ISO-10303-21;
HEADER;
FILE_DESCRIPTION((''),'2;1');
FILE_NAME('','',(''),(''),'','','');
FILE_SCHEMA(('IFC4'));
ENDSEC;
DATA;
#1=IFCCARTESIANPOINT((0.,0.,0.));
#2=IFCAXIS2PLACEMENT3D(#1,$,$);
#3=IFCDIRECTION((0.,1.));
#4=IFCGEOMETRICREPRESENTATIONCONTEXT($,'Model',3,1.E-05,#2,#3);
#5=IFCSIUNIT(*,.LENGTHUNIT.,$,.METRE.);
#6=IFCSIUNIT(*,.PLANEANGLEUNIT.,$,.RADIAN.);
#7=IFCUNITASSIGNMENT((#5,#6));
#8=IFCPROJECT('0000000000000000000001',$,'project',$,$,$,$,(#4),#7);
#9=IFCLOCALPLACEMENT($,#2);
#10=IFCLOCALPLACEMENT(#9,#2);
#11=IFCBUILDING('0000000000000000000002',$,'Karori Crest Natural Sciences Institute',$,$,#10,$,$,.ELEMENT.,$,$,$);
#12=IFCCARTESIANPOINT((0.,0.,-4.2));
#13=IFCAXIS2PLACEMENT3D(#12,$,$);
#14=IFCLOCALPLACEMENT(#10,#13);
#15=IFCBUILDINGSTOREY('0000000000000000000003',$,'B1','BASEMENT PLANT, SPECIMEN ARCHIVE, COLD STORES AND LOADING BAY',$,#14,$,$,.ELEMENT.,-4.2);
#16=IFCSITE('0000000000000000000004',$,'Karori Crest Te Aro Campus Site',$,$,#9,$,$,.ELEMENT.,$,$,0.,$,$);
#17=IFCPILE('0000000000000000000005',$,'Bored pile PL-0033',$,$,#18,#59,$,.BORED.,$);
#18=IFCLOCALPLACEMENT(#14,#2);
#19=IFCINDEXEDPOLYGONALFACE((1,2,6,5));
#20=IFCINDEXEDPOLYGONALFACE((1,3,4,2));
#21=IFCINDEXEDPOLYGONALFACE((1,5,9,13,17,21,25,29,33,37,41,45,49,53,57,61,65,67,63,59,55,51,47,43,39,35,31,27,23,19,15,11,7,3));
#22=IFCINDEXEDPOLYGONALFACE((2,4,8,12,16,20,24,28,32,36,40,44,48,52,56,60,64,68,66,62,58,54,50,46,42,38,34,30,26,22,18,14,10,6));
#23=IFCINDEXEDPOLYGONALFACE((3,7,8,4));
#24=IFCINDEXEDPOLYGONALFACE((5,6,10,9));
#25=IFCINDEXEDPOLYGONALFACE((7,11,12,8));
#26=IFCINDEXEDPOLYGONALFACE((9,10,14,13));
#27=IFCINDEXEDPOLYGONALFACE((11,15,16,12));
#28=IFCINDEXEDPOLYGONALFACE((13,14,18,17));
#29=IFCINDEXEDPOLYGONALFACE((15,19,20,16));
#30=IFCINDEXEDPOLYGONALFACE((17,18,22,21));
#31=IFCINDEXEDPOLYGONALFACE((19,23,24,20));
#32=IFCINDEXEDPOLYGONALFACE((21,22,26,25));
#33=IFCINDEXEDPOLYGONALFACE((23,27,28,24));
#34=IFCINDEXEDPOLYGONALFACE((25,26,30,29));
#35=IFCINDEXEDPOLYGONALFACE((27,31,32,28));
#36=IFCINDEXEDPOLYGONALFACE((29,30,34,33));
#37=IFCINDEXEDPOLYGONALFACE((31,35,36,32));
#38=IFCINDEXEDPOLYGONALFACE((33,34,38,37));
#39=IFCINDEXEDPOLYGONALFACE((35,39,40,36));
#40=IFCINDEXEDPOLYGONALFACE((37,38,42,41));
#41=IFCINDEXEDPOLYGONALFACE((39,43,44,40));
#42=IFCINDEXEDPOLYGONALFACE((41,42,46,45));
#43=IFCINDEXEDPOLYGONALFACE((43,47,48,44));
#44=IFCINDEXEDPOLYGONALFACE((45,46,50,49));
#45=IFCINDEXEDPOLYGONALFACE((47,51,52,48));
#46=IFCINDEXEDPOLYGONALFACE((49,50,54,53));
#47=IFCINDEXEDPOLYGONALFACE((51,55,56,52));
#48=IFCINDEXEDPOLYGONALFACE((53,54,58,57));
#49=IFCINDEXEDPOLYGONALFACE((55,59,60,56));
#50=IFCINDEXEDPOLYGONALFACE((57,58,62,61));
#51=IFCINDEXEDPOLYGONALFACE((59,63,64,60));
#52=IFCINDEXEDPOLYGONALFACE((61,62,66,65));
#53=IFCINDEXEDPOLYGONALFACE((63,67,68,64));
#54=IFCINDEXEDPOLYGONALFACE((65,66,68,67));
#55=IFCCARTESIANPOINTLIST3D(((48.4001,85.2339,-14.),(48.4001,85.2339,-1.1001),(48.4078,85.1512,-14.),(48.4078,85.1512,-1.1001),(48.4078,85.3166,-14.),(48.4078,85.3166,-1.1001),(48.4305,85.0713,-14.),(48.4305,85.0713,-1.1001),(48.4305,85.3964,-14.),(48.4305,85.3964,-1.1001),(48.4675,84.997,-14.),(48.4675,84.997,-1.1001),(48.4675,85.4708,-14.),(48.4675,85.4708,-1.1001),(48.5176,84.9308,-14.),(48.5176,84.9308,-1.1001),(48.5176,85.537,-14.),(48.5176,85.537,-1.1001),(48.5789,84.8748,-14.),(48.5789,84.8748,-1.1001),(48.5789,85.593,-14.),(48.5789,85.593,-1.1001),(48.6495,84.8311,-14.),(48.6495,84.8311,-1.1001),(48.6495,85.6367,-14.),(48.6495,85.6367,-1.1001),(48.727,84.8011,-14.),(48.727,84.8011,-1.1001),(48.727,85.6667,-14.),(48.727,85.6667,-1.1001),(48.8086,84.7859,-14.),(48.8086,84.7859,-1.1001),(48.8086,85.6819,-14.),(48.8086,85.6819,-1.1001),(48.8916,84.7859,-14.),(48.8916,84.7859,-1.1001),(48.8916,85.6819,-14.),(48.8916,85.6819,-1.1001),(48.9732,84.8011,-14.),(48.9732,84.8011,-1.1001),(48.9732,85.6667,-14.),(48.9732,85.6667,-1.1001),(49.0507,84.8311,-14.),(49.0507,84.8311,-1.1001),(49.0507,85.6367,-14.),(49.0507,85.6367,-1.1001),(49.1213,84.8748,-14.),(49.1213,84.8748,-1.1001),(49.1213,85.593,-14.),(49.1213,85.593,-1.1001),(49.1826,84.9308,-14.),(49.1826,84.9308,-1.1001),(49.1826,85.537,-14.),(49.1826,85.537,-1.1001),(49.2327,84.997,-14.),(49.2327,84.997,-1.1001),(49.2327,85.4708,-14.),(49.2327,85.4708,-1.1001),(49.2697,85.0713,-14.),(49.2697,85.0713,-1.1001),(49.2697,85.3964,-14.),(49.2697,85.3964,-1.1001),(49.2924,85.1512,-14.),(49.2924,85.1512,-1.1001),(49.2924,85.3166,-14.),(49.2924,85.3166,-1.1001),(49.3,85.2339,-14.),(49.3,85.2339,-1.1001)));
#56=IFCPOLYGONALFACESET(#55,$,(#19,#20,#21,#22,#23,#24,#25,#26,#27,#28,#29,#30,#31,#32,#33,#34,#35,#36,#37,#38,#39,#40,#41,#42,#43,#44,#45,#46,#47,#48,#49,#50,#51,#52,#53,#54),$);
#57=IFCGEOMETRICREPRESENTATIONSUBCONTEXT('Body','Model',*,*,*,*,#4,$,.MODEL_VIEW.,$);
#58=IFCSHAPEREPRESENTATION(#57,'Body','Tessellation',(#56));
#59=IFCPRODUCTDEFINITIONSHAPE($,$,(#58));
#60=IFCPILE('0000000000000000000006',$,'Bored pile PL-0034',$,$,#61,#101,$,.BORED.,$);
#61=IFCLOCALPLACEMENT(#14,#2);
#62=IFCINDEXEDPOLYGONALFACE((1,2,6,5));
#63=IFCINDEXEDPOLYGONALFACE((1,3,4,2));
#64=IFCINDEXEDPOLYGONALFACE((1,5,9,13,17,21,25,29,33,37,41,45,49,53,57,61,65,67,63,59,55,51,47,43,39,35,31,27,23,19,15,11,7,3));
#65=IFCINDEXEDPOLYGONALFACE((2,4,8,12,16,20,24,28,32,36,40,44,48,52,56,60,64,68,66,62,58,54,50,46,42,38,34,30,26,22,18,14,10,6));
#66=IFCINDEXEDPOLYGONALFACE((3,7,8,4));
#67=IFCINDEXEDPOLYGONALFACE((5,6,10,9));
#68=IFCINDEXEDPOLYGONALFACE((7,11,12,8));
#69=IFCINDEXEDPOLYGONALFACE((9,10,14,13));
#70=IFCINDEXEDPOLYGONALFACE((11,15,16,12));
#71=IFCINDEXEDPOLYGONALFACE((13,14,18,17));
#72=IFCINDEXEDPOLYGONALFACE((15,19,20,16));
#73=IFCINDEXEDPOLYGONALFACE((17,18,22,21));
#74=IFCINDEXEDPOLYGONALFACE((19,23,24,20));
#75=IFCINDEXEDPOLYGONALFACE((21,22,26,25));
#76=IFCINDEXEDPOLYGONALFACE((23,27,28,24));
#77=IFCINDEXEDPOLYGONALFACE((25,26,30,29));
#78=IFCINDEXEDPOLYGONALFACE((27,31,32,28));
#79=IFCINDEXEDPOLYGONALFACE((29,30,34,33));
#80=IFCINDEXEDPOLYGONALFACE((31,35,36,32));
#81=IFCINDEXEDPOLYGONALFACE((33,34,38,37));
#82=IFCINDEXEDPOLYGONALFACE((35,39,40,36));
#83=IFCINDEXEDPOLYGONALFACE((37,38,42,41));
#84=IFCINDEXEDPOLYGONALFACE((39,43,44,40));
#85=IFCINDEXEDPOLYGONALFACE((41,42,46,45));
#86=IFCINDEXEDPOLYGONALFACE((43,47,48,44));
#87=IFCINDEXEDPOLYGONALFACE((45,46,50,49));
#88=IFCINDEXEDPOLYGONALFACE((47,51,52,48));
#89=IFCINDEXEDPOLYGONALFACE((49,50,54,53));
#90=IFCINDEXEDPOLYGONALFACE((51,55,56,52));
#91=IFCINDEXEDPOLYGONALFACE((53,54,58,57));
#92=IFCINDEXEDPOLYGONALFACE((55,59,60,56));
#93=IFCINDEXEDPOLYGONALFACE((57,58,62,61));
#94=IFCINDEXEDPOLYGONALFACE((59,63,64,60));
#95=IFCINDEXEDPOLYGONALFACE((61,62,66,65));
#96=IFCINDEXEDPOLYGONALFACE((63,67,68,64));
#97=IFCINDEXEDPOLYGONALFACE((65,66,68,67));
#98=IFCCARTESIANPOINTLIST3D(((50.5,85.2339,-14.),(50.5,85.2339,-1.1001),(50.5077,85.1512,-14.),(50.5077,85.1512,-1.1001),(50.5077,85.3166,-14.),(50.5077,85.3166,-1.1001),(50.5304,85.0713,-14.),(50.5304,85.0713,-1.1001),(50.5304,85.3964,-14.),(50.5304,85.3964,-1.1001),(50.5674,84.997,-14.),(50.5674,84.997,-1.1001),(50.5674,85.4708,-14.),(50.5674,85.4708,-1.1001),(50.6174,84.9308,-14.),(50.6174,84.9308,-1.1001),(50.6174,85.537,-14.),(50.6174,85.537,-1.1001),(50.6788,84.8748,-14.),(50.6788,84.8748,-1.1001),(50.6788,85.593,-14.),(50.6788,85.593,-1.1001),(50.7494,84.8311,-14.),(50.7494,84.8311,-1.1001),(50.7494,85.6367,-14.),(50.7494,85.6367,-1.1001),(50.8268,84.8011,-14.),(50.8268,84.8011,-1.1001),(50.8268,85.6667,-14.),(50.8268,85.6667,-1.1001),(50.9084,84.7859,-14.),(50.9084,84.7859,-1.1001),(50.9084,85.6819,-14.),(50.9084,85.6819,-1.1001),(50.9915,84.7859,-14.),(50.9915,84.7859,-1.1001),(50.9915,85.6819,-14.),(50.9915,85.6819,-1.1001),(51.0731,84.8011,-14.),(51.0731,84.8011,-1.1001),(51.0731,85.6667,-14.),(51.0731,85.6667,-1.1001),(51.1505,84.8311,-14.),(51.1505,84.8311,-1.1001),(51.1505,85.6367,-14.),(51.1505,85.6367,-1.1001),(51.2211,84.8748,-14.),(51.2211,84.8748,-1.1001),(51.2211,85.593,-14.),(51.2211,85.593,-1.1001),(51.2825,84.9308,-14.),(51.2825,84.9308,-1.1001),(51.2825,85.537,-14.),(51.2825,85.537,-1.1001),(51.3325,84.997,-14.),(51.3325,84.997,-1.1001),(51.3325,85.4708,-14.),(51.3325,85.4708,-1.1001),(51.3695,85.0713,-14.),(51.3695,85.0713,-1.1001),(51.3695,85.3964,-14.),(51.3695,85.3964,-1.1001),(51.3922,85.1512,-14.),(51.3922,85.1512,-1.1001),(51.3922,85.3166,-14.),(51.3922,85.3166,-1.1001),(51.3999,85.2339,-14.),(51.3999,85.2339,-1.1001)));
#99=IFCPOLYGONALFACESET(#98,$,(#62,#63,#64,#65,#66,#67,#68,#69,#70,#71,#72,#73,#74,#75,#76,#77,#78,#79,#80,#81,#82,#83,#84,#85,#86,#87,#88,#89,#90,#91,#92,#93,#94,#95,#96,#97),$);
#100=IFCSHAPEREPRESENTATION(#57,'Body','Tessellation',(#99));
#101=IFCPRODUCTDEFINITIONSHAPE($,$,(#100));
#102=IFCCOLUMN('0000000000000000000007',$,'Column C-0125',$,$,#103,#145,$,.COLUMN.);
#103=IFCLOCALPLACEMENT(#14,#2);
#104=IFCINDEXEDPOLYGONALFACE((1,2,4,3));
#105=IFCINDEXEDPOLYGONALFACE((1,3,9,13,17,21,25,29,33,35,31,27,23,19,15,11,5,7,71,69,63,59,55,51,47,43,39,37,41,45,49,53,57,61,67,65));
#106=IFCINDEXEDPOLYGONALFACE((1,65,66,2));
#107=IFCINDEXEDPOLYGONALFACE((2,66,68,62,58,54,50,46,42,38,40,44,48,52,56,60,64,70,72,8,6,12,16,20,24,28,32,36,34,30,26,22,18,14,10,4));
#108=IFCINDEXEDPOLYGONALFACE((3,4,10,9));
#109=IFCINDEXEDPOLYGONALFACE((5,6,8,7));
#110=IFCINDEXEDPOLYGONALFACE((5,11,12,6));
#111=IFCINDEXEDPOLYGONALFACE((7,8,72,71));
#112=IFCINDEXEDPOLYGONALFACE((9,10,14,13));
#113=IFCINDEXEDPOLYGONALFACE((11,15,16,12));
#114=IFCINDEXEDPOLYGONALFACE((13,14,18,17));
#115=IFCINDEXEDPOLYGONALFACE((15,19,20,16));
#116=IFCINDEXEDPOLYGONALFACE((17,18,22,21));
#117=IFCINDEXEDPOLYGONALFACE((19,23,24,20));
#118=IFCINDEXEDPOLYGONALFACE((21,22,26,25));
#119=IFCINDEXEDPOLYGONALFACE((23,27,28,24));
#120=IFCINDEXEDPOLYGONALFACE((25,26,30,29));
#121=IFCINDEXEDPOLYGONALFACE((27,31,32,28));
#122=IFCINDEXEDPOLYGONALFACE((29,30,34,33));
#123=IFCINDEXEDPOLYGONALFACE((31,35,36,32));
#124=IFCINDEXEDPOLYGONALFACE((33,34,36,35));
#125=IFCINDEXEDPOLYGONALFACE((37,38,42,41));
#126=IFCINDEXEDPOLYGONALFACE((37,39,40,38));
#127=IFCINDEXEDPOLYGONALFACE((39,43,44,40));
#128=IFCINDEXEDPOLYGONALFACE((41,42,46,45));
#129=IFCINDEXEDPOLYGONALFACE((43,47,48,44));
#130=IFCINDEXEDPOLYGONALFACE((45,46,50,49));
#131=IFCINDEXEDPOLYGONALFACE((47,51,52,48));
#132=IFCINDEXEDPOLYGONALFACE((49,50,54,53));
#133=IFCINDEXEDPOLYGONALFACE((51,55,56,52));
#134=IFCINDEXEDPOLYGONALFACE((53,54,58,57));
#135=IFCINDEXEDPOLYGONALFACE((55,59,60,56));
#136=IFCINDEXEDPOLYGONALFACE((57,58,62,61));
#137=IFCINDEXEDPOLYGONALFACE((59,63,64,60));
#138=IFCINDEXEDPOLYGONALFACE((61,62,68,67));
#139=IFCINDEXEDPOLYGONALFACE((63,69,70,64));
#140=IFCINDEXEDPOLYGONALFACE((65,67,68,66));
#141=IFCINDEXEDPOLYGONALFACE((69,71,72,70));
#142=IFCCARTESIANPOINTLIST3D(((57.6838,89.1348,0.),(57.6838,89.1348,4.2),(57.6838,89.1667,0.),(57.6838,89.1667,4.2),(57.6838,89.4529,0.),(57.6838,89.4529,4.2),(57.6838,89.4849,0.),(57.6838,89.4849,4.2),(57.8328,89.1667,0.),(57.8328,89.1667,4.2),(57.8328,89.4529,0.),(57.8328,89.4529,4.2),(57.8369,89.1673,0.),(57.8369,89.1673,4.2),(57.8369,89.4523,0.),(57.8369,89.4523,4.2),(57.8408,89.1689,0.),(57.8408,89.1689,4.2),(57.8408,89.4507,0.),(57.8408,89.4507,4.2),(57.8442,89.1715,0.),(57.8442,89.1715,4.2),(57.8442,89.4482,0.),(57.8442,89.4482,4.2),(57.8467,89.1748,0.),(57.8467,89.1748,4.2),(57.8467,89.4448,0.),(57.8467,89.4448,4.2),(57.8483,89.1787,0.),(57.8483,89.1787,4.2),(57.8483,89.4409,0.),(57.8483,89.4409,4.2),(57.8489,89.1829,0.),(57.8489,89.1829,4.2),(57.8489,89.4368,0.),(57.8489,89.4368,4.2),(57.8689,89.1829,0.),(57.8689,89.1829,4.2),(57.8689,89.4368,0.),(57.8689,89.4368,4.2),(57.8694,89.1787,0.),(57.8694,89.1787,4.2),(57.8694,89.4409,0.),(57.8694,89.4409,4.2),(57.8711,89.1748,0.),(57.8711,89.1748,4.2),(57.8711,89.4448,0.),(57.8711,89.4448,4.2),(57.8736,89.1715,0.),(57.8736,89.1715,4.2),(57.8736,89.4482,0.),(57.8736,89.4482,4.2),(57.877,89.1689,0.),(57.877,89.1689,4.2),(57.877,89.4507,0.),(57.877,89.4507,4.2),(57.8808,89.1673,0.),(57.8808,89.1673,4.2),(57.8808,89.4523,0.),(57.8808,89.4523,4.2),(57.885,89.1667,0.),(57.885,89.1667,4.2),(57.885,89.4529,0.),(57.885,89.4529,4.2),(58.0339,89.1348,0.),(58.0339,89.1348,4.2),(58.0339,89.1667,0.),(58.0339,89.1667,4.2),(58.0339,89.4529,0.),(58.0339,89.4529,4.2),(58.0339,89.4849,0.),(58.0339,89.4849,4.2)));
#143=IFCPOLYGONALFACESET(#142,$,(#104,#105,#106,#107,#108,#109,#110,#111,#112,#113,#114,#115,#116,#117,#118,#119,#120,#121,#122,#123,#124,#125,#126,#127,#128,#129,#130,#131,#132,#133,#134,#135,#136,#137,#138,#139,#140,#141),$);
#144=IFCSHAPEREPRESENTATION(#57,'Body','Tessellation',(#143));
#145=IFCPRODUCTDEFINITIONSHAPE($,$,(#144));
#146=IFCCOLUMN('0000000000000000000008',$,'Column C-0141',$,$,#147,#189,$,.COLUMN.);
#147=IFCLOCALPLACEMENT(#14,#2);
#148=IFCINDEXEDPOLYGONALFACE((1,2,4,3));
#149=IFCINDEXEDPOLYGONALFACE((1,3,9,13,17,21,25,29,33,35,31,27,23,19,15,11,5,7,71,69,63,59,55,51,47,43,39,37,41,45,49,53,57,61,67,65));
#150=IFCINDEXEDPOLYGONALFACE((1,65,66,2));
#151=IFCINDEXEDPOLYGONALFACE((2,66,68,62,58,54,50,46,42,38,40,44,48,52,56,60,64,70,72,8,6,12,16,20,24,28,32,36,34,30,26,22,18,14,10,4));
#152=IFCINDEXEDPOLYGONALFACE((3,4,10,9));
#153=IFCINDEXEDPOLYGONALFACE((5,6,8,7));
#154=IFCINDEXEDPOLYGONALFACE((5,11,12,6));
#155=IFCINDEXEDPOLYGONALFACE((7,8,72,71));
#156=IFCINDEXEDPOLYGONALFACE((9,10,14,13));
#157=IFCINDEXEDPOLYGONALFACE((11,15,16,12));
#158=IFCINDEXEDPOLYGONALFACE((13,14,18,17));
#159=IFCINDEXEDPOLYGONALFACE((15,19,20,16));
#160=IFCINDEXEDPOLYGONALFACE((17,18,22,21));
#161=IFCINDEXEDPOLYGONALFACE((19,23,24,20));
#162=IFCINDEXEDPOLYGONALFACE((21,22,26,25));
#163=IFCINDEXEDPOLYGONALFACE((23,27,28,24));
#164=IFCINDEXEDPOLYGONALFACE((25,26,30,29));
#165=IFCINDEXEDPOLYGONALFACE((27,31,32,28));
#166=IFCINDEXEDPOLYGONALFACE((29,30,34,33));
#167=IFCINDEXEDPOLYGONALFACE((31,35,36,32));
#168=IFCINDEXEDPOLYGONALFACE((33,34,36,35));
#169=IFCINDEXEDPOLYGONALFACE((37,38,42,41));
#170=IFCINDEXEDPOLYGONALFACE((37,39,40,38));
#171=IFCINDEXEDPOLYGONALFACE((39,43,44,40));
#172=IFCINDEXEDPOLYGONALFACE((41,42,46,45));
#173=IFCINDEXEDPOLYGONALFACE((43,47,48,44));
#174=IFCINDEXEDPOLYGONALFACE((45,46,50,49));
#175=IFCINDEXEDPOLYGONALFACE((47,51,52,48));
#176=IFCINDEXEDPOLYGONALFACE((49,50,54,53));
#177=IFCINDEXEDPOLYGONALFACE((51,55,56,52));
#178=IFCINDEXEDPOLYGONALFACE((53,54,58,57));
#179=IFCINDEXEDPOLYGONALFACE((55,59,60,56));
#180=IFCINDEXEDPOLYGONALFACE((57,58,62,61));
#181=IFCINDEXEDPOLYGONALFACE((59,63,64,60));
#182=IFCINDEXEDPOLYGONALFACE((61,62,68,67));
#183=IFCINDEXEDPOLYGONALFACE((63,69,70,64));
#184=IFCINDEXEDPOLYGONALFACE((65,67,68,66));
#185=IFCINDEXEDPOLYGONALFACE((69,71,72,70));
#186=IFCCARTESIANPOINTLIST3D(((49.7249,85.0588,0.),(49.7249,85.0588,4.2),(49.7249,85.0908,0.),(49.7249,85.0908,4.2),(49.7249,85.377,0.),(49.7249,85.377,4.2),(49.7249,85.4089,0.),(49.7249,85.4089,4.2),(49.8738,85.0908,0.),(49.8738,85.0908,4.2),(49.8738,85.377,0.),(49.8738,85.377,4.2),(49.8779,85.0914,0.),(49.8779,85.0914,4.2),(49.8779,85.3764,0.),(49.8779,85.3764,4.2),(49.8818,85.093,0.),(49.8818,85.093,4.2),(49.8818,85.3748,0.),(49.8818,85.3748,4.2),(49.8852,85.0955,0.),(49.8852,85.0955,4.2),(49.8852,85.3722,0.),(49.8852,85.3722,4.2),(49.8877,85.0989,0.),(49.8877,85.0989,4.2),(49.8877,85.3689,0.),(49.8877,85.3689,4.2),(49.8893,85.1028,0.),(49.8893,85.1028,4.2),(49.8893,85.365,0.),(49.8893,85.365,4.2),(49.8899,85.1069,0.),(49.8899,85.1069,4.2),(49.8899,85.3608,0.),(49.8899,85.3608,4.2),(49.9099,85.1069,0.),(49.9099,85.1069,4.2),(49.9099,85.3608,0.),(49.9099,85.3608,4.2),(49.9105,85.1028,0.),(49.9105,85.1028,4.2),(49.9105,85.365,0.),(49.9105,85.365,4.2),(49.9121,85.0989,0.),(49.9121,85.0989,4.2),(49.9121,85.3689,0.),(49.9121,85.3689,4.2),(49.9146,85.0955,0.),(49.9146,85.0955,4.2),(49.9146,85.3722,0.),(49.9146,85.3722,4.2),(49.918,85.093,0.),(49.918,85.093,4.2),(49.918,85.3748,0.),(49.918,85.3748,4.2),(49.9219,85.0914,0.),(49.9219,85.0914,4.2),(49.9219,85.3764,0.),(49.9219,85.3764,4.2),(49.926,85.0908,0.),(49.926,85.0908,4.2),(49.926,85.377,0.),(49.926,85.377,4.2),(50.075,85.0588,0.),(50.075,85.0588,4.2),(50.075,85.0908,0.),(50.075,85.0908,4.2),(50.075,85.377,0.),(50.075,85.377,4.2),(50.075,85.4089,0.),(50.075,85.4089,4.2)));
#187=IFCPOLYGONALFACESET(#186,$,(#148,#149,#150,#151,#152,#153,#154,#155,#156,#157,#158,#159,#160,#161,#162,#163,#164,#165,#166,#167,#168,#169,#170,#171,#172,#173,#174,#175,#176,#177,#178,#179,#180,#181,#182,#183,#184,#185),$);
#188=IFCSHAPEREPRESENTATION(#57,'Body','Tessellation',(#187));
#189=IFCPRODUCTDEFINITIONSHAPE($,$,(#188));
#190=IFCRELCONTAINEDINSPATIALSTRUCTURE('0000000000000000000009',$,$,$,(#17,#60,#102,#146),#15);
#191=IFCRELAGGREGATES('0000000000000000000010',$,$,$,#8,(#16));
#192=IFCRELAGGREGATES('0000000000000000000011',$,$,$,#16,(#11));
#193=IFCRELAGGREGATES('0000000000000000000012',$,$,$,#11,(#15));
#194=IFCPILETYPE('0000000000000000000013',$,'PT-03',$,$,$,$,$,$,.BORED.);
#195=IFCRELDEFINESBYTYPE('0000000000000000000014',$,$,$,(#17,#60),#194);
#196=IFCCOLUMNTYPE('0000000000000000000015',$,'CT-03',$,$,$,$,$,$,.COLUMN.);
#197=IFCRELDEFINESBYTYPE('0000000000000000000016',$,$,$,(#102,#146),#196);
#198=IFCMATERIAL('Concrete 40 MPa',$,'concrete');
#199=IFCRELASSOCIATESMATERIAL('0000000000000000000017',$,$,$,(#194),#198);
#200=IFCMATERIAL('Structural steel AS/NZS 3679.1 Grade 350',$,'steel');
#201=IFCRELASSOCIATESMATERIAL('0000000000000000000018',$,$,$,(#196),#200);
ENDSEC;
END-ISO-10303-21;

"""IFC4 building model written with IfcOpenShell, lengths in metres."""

from ifc_helpers import new_model, si_unit, direction, frame, origin, origin_2d, place, context, subcontext, project, spatial, circle, i_section, extrude, material, material_profile, profile_set, type_object, element, save


model = new_model("IFC4")

# Units and contexts
model_context = context("Model", 3, precision=1e-05, world=origin(), true_north=direction((0.0, 1.0)))
body_context = subcontext(model_context, "Body", "Model", "MODEL_VIEW")
ifc_project = project(units=[si_unit("LENGTHUNIT", "METRE"), si_unit("PLANEANGLEUNIT", "RADIAN")], contexts=[model_context])

# Site, building, storey
site_placement = place(None, origin())
site = spatial("IfcSite", under=ifc_project, at=site_placement, Name="Karori Crest Te Aro Campus Site", CompositionType="ELEMENT", RefElevation=0.0)
building_placement = place(site_placement, origin())
building = spatial("IfcBuilding", under=site, at=building_placement, Name="Karori Crest Natural Sciences Institute", CompositionType="ELEMENT")
storey_placement = place(building_placement, frame((0.0, 0.0, -4.2)))
storey = spatial("IfcBuildingStorey", under=building, at=storey_placement, Name="B1", Description="BASEMENT PLANT, SPECIMEN ARCHIVE, COLD STORES AND LOADING BAY", CompositionType="ELEMENT", Elevation=-4.2)

# Shared definitions
ifc_material_1 = material(Name="Concrete 40 MPa", Category="concrete")

# Piles
ifc_material_profile_1 = material_profile(ifc_material_1, circle(Radius=0.45, at=origin_2d()), Name="PILE900")
ifc_profile_set_1 = profile_set([ifc_material_profile_1], Name="Concrete 40 MPa")
pile_type_1 = type_object("IfcPileType", Name="PT-03", PredefinedType="BORED", material=ifc_profile_set_1)
for number, where, z_axis, x_axis, name in (
    (1, (48.8501, 85.2339, -1.1001), (0.0, 0.0, -1.0), (1.0, 0.0, 0.0), "Bored pile PL-0033"),
    (2, (50.95, 85.2339, -1.1001), (0.0, 0.0, -1.0), (1.0, 0.0, 0.0), "Bored pile PL-0034"),
):
    element("IfcPile", number, at=place(storey_placement, frame(where, z_axis=z_axis, x_axis=x_axis)), inside=storey, type_object=pile_type_1, Name=name, PredefinedType="BORED", context=body_context, shape_type="SweptSolid", body=[
        extrude(circle(Radius=0.45, at=origin_2d()), origin(), (0.0, 0.0, 1.0), 12.8999),
    ])

# Columns
ifc_material_2 = material(Name="Structural steel AS/NZS 3679.1 Grade 350", Category="steel")
ifc_material_profile_2 = material_profile(ifc_material_2, i_section(OverallWidth=0.3501, OverallDepth=0.3501, WebThickness=0.02, FlangeThickness=0.032, FilletRadius=0.0161, at=origin_2d()), Name="350WC280")
ifc_profile_set_2 = profile_set([ifc_material_profile_2], Name="Structural steel AS/NZS 3679.1 Grade 350")
column_type_1 = type_object("IfcColumnType", Name="CT-03", PredefinedType="COLUMN", material=ifc_profile_set_2)
for number, where, z_axis, x_axis, name in (
    (3, (57.8589, 89.3098, 0.0), (0.0, 0.0, 1.0), (1.0, 0.0, 0.0), "Column C-0125"),
    (4, (49.8999, 85.2339, 0.0), (0.0, 0.0, 1.0), (1.0, 0.0, 0.0), "Column C-0141"),
):
    element("IfcColumn", number, at=place(storey_placement, frame(where, z_axis=z_axis, x_axis=x_axis)), inside=storey, type_object=column_type_1, Name=name, PredefinedType="COLUMN", context=body_context, shape_type="SweptSolid", body=[
        extrude(i_section(OverallWidth=0.3501, OverallDepth=0.3501, WebThickness=0.02, FlangeThickness=0.032, FilletRadius=0.0161, at=origin_2d()), origin(), (0.0, 0.0, 1.0), 4.2),
    ])

save(model, "model.ifc")
